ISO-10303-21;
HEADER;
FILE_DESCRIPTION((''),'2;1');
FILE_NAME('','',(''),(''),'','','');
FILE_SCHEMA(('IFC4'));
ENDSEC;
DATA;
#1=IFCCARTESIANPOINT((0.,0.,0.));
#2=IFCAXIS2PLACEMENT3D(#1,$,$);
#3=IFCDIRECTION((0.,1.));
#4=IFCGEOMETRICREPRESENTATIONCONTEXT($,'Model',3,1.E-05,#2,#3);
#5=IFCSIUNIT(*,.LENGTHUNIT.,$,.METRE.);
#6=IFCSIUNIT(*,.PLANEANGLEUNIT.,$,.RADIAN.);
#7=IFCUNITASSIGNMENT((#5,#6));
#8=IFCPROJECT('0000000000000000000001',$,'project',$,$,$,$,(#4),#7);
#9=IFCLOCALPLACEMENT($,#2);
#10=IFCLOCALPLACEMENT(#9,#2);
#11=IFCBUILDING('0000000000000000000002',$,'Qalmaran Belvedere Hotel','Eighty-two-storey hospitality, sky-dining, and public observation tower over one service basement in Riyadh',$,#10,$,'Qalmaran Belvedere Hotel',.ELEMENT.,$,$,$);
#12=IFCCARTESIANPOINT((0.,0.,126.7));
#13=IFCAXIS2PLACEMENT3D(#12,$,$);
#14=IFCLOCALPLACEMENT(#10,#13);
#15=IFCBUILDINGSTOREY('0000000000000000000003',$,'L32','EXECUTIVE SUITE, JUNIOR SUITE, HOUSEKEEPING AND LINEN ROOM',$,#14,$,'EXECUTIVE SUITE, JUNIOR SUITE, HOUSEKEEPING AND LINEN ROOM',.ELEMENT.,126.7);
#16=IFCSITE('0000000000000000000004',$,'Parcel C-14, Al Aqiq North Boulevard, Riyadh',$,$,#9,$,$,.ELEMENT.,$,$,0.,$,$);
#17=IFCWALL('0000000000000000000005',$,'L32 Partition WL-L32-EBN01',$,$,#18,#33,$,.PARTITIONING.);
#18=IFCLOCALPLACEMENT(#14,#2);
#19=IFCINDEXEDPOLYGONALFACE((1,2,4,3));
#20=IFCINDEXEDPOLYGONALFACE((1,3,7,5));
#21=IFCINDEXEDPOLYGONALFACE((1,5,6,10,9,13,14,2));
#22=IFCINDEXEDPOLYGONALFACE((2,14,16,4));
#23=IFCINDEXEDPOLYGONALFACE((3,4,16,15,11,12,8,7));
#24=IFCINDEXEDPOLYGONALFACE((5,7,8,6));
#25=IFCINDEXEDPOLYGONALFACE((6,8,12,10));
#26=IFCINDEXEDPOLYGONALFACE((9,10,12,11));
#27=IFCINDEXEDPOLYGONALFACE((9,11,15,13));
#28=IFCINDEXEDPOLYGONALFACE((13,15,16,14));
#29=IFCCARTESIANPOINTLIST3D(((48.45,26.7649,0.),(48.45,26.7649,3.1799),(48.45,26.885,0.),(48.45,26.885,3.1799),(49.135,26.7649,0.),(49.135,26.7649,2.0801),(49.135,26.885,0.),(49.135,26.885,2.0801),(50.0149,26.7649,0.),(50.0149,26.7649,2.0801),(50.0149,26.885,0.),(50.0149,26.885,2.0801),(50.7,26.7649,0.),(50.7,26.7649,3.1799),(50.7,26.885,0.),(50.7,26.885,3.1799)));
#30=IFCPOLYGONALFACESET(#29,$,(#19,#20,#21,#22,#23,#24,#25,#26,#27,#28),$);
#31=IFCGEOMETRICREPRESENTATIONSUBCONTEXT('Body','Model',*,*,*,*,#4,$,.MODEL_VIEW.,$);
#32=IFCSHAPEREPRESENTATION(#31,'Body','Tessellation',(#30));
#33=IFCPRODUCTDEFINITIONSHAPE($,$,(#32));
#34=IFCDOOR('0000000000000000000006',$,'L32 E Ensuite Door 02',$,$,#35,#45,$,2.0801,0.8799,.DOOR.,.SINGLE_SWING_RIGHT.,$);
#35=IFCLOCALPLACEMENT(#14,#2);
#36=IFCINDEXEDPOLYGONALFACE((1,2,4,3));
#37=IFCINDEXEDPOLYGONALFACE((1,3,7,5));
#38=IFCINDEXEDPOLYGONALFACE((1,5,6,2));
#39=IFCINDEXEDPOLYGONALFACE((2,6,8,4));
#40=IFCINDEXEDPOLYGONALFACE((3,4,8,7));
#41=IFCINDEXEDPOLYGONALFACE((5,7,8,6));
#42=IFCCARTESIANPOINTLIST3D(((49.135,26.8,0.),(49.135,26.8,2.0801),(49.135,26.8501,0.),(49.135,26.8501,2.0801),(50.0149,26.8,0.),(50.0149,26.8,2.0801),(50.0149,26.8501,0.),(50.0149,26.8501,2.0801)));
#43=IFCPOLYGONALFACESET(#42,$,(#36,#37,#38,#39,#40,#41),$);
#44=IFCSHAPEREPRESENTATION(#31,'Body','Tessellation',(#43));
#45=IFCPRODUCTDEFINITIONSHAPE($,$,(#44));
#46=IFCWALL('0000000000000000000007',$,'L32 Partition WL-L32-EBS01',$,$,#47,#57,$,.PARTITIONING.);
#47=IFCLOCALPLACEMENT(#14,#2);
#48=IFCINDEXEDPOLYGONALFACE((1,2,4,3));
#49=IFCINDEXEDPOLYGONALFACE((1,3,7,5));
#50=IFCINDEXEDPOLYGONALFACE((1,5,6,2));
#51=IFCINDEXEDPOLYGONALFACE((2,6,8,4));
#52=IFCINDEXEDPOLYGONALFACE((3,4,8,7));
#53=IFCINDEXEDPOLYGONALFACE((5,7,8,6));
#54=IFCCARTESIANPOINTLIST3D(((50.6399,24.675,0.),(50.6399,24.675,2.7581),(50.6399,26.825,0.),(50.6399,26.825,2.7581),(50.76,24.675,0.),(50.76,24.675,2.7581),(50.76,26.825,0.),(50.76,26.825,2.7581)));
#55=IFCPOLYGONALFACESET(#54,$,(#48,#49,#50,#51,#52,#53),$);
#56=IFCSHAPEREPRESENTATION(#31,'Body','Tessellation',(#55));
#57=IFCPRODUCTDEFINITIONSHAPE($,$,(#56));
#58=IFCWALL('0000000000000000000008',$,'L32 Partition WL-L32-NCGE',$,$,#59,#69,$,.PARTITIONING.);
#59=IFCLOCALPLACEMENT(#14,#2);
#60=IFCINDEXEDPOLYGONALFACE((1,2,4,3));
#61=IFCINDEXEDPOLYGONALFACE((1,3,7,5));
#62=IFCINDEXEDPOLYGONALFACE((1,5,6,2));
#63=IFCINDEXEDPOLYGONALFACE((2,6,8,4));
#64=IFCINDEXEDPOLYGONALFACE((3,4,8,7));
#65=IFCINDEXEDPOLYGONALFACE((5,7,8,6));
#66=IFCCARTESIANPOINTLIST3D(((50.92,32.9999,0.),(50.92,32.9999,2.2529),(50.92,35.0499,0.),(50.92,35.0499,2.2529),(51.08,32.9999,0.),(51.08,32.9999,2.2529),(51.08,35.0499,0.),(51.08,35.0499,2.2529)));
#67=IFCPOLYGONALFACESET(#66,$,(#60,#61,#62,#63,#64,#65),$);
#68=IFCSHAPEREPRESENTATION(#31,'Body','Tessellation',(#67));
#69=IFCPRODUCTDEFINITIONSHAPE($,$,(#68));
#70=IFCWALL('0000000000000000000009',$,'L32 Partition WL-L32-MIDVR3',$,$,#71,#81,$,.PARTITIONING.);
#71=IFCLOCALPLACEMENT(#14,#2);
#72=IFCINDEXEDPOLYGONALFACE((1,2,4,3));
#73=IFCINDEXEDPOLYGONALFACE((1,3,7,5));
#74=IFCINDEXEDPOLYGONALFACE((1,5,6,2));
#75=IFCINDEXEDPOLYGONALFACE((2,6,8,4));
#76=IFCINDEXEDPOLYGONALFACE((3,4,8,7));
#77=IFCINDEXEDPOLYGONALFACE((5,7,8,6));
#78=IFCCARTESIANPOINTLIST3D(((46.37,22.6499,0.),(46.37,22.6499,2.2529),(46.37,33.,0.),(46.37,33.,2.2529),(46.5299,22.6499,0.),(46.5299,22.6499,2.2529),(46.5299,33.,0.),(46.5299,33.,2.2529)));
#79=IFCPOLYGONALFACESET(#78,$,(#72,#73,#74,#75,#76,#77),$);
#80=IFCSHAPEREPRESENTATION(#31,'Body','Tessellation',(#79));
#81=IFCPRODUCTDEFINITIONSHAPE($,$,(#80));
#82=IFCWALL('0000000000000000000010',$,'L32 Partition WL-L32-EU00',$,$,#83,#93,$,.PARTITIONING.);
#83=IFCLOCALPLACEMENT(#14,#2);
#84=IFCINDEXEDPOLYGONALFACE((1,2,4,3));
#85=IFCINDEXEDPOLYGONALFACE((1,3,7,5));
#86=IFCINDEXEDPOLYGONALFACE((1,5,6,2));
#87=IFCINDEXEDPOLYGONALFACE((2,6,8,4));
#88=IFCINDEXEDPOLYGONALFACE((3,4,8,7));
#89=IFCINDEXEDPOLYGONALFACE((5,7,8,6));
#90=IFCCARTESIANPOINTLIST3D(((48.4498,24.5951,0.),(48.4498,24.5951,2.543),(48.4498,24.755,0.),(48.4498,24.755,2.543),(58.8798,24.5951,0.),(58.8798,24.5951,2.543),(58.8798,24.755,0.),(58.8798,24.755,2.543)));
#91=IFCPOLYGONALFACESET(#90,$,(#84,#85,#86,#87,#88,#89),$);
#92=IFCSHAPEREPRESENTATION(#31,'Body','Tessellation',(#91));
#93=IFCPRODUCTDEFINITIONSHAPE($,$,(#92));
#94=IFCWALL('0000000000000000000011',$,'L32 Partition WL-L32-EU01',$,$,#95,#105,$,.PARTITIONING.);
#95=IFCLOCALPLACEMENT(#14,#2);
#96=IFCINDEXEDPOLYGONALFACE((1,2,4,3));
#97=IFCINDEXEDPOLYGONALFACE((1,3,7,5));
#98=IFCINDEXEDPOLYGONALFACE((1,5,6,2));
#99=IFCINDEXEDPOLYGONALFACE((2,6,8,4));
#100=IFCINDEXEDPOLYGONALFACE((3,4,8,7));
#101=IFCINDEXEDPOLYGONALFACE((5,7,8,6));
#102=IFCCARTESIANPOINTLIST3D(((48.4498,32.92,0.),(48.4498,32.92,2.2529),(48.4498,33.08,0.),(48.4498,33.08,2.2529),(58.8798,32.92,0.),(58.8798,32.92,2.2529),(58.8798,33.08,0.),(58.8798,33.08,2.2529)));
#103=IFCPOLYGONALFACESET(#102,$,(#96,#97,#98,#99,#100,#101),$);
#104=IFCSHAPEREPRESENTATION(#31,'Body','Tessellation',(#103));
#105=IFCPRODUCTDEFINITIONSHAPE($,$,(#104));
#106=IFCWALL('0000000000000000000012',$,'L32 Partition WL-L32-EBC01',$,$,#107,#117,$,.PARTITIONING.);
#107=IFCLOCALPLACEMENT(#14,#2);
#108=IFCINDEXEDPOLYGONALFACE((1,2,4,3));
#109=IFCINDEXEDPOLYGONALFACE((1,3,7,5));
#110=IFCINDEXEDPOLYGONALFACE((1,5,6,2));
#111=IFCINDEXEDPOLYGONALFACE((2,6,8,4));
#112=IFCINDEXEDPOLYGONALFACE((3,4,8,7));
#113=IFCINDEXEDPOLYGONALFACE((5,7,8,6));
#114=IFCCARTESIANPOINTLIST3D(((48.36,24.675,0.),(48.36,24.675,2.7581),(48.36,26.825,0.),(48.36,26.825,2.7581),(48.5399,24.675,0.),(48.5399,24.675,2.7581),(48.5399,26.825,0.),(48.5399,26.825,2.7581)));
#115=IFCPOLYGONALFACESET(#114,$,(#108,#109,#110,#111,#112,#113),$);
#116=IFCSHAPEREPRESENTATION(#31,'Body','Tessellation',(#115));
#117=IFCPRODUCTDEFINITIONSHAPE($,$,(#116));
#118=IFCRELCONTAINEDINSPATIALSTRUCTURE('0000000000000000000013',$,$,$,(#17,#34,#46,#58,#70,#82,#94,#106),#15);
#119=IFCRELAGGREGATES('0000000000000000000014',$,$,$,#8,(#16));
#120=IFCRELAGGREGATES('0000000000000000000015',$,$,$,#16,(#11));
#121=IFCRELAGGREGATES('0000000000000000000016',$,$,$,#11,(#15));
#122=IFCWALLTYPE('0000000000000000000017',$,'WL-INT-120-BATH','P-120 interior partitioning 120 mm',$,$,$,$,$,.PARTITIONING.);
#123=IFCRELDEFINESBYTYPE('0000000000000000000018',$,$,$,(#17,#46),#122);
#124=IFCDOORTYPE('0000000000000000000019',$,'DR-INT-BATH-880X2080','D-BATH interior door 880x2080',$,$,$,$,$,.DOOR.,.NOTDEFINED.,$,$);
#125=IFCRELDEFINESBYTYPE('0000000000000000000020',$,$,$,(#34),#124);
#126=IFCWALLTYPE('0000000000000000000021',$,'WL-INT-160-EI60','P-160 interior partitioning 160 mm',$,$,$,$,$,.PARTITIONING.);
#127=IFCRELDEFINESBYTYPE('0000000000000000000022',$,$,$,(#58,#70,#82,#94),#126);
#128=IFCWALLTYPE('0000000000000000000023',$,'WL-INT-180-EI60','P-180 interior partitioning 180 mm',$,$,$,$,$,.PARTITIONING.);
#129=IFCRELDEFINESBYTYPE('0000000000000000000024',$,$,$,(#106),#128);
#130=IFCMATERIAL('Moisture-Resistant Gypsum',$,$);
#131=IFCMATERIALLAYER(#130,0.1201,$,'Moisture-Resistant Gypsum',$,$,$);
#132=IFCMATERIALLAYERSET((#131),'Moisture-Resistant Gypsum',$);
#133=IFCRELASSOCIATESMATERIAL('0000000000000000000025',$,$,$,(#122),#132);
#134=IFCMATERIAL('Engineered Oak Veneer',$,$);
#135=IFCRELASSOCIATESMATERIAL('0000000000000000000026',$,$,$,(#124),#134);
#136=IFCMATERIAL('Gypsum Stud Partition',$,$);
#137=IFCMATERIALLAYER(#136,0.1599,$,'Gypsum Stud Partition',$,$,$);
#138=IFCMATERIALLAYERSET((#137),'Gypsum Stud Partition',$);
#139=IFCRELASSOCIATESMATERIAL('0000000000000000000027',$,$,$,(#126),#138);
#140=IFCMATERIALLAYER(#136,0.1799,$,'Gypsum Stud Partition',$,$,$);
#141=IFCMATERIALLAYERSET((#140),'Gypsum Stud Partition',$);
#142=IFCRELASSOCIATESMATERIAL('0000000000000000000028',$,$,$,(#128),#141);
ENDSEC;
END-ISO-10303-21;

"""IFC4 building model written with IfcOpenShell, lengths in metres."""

from ifc_helpers import new_model, si_unit, direction, frame, frame_2d, origin, place, context, subcontext, project, spatial, rectangle, extrude, material, layer, layer_set, type_object, element, fill, save


model = new_model("IFC4")

# Units and contexts
model_context = context("Model", 3, precision=1e-05, world=origin(), true_north=direction((0.0, 1.0)))
body_context = subcontext(model_context, "Body", "Model", "MODEL_VIEW")
ifc_project = project(units=[si_unit("LENGTHUNIT", "METRE"), si_unit("PLANEANGLEUNIT", "RADIAN")], contexts=[model_context])

# Site, building, storey
site_placement = place(None, origin())
site = spatial("IfcSite", under=ifc_project, at=site_placement, Name="Parcel C-14, Al Aqiq North Boulevard, Riyadh", CompositionType="ELEMENT", RefElevation=0.0)
building_placement = place(site_placement, origin())
building = spatial("IfcBuilding", under=site, at=building_placement, Name="Qalmaran Belvedere Hotel", Description="Eighty-two-storey hospitality, sky-dining, and public observation tower over one service basement in Riyadh", LongName="Qalmaran Belvedere Hotel", CompositionType="ELEMENT")
storey_placement = place(building_placement, frame((0.0, 0.0, 126.7)))
storey = spatial("IfcBuildingStorey", under=building, at=storey_placement, Name="L32", Description="EXECUTIVE SUITE, JUNIOR SUITE, HOUSEKEEPING AND LINEN ROOM", LongName="EXECUTIVE SUITE, JUNIOR SUITE, HOUSEKEEPING AND LINEN ROOM", CompositionType="ELEMENT", Elevation=126.7)

# Wall, opening, door
ifc_material_1 = material(Name="Moisture-Resistant Gypsum")
ifc_layer_1 = layer(ifc_material_1, 0.1201, Name="Moisture-Resistant Gypsum")
ifc_layer_set_1 = layer_set([ifc_layer_1], Name="Moisture-Resistant Gypsum")
wall_type_1 = type_object("IfcWallType", Name="WL-INT-120-BATH", Description="P-120 interior partitioning 120 mm", PredefinedType="PARTITIONING", material=ifc_layer_set_1)
wall_1_placement = place(storey_placement, frame((48.45, 26.825, 0.0), z_axis=(0.0, 0.0, 1.0), x_axis=(1.0, 0.0, 0.0)))
wall_1 = element("IfcWall", 1, at=wall_1_placement, inside=storey, type_object=wall_type_1, Name="L32 Partition WL-L32-EBN01", PredefinedType="PARTITIONING", context=body_context, shape_type="SweptSolid", body=[
    extrude(rectangle(XDim=2.25, YDim=0.1201, at=frame_2d((1.125, 0.0))), origin(), (0.0, 0.0, 1.0), 3.1799),
])
opening_1_placement = place(wall_1_placement, frame((1.5649, 0.0, 0.0), z_axis=(0.0, 0.0, 1.0), x_axis=(-1.0, 0.0, 0.0)))
opening_1 = element("IfcOpeningElement", 2, at=opening_1_placement, cuts=wall_1, PredefinedType="OPENING", context=body_context, shape_type="SweptSolid", body=[
    extrude(rectangle(XDim=0.8799, YDim=2.0801, at=frame_2d((0.4399, 1.04))), frame((0.0, 0.0701, 0.0), z_axis=(0.0, -1.0, 0.0), x_axis=(1.0, 0.0, 0.0)), (0.0, 0.0, 1.0), 0.1401),
])
ifc_material_2 = material(Name="Engineered Oak Veneer")
door_type_1 = type_object("IfcDoorType", Name="DR-INT-BATH-880X2080", Description="D-BATH interior door 880x2080", OperationType="NOTDEFINED", PredefinedType="DOOR", material=ifc_material_2)
door_1_placement = place(opening_1_placement, origin())
door_1 = element("IfcDoor", 3, at=door_1_placement, inside=storey, type_object=door_type_1, Name="L32 E Ensuite Door 02", OperationType="SINGLE_SWING_RIGHT", OverallHeight=2.0801, OverallWidth=0.8799, PredefinedType="DOOR", context=body_context, shape_type="SweptSolid", body=[
    extrude(rectangle(XDim=0.8799, YDim=2.0801, at=frame_2d((0.4399, 1.04))), frame((0.0, 0.0249, 0.0), z_axis=(0.0, -1.0, 0.0), x_axis=(1.0, 0.0, 0.0)), (0.0, 0.0, 1.0), 0.05),
])
fill(opening_1, door_1)

# Wall
wall_2_placement = place(storey_placement, frame((50.7, 24.675, 0.0), z_axis=(0.0, 0.0, 1.0), x_axis=(0.0, 1.0, 0.0)))
element("IfcWall", 4, at=wall_2_placement, inside=storey, type_object=wall_type_1, Name="L32 Partition WL-L32-EBS01", PredefinedType="PARTITIONING", context=body_context, shape_type="SweptSolid", body=[
    extrude(rectangle(XDim=2.1499, YDim=0.1201, at=frame_2d((1.075, 0.0))), origin(), (0.0, 0.0, 1.0), 2.7581),
])

# Shared definitions
ifc_material_3 = material(Name="Gypsum Stud Partition")

# Walls
ifc_layer_2 = layer(ifc_material_3, 0.1599, Name="Gypsum Stud Partition")
ifc_layer_set_2 = layer_set([ifc_layer_2], Name="Gypsum Stud Partition")
wall_type_2 = type_object("IfcWallType", Name="WL-INT-160-EI60", Description="P-160 interior partitioning 160 mm", PredefinedType="PARTITIONING", material=ifc_layer_set_2)
wall_3_placement = place(storey_placement, frame((51.0, 33.0, 0.0), z_axis=(0.0, 0.0, 1.0), x_axis=(0.0, 1.0, 0.0)))
element("IfcWall", 5, at=wall_3_placement, inside=storey, type_object=wall_type_2, Name="L32 Partition WL-L32-NCGE", PredefinedType="PARTITIONING", context=body_context, shape_type="SweptSolid", body=[
    extrude(rectangle(XDim=2.05, YDim=0.1599, at=frame_2d((1.0249, 0.0))), origin(), (0.0, 0.0, 1.0), 2.2529),
])
wall_4_placement = place(storey_placement, frame((46.45, 22.6499, 0.0), z_axis=(0.0, 0.0, 1.0), x_axis=(0.0, 1.0, 0.0)))
element("IfcWall", 6, at=wall_4_placement, inside=storey, type_object=wall_type_2, Name="L32 Partition WL-L32-MIDVR3", PredefinedType="PARTITIONING", context=body_context, shape_type="SweptSolid", body=[
    extrude(rectangle(XDim=10.3501, YDim=0.1599, at=frame_2d((5.175, 0.0))), origin(), (0.0, 0.0, 1.0), 2.2529),
])
wall_5_placement = place(storey_placement, frame((48.45, 24.675, 0.0), z_axis=(0.0, 0.0, 1.0), x_axis=(1.0, 0.0, 0.0)))
element("IfcWall", 7, at=wall_5_placement, inside=storey, type_object=wall_type_2, Name="L32 Partition WL-L32-EU00", PredefinedType="PARTITIONING", context=body_context, shape_type="SweptSolid", body=[
    extrude(rectangle(XDim=10.4299, YDim=0.1599, at=frame_2d((5.2148, 0.0))), origin(), (0.0, 0.0, 1.0), 2.543),
])
wall_6_placement = place(storey_placement, frame((48.45, 33.0, 0.0), z_axis=(0.0, 0.0, 1.0), x_axis=(1.0, 0.0, 0.0)))
element("IfcWall", 8, at=wall_6_placement, inside=storey, type_object=wall_type_2, Name="L32 Partition WL-L32-EU01", PredefinedType="PARTITIONING", context=body_context, shape_type="SweptSolid", body=[
    extrude(rectangle(XDim=10.4299, YDim=0.1599, at=frame_2d((5.2148, 0.0))), origin(), (0.0, 0.0, 1.0), 2.2529),
])
ifc_layer_3 = layer(ifc_material_3, 0.1799, Name="Gypsum Stud Partition")
ifc_layer_set_3 = layer_set([ifc_layer_3], Name="Gypsum Stud Partition")
wall_type_3 = type_object("IfcWallType", Name="WL-INT-180-EI60", Description="P-180 interior partitioning 180 mm", PredefinedType="PARTITIONING", material=ifc_layer_set_3)
wall_7_placement = place(storey_placement, frame((48.45, 24.675, 0.0), z_axis=(0.0, 0.0, 1.0), x_axis=(0.0, 1.0, 0.0)))
element("IfcWall", 9, at=wall_7_placement, inside=storey, type_object=wall_type_3, Name="L32 Partition WL-L32-EBC01", PredefinedType="PARTITIONING", context=body_context, shape_type="SweptSolid", body=[
    extrude(rectangle(XDim=2.1499, YDim=0.1799, at=frame_2d((1.075, 0.0))), origin(), (0.0, 0.0, 1.0), 2.7581),
])

save(model, "model.ifc")
